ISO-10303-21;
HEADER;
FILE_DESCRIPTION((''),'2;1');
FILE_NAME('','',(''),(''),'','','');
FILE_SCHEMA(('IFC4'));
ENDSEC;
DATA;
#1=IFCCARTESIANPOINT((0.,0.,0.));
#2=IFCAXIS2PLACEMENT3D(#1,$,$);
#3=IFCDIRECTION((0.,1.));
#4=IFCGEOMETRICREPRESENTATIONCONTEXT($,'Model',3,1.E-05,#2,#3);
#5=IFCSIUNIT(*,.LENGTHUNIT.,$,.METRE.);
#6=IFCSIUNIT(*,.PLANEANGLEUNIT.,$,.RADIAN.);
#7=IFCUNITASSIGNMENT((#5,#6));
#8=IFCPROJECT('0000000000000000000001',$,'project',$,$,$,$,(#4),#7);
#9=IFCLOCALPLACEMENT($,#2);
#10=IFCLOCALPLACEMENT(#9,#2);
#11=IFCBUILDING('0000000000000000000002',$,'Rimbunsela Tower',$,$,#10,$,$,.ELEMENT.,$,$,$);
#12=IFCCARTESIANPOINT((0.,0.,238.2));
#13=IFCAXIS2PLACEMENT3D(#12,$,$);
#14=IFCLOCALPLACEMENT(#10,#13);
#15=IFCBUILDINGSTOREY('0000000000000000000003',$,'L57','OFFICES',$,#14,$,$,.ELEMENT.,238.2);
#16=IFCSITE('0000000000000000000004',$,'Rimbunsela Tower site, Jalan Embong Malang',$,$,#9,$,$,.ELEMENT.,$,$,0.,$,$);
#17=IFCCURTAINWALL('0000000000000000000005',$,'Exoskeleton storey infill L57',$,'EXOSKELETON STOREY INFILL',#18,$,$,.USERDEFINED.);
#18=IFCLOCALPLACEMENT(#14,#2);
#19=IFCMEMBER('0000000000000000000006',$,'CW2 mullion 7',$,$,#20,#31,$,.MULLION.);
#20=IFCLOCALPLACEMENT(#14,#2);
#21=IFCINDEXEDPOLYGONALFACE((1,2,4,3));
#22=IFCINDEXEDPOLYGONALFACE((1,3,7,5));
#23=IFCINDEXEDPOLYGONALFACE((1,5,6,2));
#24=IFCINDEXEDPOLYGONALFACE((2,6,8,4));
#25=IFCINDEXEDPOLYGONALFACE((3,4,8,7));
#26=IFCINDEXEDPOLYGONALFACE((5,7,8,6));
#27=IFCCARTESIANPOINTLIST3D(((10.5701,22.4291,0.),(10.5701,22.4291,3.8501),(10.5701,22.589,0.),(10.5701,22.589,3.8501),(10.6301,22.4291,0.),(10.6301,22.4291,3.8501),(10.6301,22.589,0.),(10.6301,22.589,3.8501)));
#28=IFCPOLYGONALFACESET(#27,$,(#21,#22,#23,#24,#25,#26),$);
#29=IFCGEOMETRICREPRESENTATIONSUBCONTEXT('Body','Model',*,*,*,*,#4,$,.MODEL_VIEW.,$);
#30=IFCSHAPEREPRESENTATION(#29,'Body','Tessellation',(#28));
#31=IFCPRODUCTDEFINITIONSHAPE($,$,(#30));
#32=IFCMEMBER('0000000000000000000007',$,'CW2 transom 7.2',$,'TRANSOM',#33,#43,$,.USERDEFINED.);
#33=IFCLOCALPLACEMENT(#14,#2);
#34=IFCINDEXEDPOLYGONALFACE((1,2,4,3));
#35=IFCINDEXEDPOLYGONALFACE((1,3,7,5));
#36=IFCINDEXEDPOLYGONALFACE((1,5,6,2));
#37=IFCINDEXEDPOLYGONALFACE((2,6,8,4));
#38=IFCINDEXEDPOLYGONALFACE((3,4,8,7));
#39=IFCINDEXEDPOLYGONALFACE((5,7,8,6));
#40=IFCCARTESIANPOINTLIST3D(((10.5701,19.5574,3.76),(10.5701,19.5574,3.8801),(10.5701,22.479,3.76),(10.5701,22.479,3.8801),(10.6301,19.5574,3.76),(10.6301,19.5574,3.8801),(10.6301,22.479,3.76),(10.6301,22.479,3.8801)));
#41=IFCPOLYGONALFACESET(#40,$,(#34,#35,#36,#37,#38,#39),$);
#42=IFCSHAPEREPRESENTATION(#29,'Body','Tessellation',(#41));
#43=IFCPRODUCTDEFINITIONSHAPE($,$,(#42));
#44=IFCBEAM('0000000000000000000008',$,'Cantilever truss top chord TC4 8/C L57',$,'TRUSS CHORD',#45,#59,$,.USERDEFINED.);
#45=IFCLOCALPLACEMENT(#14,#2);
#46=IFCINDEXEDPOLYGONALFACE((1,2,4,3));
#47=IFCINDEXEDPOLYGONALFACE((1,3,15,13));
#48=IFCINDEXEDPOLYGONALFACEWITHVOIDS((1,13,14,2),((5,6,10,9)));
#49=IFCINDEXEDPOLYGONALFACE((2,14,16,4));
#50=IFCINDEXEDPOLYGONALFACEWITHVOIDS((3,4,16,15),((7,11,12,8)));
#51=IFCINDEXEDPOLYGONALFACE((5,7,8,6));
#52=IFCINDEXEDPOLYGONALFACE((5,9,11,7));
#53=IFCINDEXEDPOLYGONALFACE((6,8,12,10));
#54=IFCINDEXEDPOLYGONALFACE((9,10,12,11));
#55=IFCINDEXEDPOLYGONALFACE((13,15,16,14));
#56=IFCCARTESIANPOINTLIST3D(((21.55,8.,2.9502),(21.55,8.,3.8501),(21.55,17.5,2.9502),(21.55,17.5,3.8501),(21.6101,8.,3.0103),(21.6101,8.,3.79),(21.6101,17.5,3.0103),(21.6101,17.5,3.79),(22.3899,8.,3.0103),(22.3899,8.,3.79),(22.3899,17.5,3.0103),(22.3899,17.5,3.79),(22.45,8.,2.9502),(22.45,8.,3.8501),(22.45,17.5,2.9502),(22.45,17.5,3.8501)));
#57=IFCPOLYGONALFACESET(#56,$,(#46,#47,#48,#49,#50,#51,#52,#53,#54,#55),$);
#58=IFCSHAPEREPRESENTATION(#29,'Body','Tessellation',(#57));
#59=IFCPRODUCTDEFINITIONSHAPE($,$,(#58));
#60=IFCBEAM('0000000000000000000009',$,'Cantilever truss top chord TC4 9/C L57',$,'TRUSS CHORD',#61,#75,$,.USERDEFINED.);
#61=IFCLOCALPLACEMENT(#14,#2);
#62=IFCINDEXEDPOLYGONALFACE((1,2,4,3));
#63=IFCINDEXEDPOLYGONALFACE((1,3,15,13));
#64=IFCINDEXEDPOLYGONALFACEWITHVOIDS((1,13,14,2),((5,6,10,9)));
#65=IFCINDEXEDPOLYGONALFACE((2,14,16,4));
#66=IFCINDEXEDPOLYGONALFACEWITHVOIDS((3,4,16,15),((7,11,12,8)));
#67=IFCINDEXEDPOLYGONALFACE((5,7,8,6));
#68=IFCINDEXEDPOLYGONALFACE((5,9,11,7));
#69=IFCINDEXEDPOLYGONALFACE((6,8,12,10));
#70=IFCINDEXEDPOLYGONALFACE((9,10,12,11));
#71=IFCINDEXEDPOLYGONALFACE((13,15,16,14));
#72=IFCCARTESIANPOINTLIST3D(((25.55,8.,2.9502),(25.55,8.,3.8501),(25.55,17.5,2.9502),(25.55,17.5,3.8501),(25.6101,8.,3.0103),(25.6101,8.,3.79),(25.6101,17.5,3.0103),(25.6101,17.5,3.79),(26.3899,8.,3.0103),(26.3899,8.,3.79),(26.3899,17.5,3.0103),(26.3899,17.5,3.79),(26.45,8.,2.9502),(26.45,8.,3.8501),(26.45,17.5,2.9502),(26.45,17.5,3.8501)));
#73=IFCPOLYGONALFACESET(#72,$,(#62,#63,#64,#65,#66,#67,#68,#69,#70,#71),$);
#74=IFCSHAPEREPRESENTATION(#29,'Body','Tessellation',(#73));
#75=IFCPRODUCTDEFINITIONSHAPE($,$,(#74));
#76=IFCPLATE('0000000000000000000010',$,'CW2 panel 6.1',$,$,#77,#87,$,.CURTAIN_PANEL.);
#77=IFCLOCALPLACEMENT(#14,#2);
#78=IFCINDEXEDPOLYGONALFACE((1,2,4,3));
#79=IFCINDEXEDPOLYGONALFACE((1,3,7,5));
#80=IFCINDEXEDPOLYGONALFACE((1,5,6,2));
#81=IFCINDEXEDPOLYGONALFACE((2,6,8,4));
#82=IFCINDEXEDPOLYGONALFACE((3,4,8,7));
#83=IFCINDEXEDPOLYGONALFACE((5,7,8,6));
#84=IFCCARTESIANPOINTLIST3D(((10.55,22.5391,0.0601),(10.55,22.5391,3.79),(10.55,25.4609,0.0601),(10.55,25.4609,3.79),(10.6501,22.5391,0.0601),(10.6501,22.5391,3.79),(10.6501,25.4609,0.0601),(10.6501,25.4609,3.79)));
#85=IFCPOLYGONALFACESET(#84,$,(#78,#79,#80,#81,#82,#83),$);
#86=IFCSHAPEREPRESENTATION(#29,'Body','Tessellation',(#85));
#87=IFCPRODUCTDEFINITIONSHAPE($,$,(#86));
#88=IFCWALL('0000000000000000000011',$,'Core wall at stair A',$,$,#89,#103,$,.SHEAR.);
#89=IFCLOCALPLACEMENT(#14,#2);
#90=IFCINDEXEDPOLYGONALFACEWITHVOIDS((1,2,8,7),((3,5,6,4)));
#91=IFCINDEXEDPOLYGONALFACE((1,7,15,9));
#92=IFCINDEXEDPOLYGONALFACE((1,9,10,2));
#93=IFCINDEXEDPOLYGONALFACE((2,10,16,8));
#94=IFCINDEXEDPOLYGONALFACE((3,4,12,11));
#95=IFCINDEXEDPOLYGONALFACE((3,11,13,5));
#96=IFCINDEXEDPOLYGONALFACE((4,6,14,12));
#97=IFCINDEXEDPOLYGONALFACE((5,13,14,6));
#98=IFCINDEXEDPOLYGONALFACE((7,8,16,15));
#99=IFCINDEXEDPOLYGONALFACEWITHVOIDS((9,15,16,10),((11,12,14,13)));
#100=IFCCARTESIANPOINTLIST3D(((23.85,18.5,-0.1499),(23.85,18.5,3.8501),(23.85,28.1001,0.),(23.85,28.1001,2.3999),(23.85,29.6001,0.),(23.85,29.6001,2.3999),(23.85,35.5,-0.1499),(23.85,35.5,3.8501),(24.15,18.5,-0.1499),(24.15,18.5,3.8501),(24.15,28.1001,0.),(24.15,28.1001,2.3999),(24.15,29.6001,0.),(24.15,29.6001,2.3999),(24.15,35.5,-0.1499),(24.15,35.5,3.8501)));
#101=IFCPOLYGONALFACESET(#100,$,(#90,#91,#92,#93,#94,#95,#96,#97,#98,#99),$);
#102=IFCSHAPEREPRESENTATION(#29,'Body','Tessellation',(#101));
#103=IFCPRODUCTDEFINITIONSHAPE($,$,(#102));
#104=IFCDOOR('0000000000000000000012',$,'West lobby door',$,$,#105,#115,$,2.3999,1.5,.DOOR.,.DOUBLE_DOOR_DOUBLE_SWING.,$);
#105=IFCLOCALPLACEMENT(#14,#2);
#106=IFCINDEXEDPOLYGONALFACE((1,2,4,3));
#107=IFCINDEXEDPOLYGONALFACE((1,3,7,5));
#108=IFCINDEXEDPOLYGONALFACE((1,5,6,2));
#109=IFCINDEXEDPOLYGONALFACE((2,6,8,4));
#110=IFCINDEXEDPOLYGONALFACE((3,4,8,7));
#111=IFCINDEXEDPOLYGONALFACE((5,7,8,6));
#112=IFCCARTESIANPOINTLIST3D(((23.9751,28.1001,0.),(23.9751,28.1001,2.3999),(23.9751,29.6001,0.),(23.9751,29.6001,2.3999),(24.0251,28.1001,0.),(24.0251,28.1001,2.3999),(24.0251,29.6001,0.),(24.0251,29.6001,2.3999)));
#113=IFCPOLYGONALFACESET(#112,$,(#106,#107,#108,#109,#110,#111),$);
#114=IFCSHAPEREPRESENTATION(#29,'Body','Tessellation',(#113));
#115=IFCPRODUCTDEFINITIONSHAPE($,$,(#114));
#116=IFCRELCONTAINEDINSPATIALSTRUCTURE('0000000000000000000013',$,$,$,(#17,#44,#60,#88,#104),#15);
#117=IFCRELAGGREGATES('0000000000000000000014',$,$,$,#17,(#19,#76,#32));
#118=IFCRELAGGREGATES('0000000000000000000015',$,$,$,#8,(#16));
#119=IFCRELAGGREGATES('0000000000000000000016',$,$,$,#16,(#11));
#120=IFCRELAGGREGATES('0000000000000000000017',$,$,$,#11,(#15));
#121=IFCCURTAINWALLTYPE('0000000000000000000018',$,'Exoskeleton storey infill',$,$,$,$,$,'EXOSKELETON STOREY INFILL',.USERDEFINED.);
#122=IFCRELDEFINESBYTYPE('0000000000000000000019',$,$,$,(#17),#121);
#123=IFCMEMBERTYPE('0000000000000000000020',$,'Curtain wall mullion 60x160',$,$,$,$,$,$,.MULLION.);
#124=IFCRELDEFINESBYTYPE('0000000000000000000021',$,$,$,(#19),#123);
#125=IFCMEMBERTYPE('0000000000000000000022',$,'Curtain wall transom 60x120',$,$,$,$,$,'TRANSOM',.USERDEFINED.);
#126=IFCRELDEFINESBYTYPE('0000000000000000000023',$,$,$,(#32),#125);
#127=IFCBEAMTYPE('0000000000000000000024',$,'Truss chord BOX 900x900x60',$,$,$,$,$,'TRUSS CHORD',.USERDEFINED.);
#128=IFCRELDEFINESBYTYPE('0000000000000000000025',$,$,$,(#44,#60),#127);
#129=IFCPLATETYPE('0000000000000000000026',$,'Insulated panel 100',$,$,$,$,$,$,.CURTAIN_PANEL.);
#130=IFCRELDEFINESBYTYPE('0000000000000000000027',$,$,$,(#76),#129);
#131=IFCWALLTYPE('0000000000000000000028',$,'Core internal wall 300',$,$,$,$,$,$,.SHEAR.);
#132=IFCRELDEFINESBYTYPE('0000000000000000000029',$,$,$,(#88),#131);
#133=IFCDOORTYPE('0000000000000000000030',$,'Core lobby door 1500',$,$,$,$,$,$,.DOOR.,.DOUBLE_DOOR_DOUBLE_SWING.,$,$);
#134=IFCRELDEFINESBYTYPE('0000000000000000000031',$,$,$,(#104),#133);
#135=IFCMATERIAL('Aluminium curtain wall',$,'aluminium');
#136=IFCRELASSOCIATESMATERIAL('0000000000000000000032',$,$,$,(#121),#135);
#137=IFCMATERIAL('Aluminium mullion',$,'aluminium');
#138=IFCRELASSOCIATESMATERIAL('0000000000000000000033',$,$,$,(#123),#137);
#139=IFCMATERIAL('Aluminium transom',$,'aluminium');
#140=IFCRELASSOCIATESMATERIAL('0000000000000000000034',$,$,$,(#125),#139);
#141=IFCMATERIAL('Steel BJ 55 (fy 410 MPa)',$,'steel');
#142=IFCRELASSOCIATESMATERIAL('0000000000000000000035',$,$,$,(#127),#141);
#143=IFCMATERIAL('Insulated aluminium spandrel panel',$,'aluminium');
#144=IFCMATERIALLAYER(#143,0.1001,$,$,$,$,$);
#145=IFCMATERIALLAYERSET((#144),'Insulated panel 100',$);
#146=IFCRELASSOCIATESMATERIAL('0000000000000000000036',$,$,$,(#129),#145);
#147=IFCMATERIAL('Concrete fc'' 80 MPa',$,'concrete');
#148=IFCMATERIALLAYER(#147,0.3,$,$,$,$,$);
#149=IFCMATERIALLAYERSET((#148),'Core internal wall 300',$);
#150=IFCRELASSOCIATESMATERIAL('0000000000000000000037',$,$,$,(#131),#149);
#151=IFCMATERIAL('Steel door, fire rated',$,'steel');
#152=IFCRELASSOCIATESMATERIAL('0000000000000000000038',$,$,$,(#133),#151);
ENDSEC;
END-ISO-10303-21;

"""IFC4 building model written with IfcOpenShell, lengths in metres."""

from ifc_helpers import new_model, si_unit, direction, frame, frame_2d, origin, origin_2d, place, context, subcontext, project, spatial, rectangle, hollow_rectangle, extrude, material, layer, layer_set, material_profile, profile_set, type_object, element, fill, aggregate, save


model = new_model("IFC4")

# Units and contexts
model_context = context("Model", 3, precision=1e-05, world=origin(), true_north=direction((0.0, 1.0)))
body_context = subcontext(model_context, "Body", "Model", "MODEL_VIEW")
ifc_project = project(units=[si_unit("LENGTHUNIT", "METRE"), si_unit("PLANEANGLEUNIT", "RADIAN")], contexts=[model_context])

# Site, building, storey
site_placement = place(None, origin())
site = spatial("IfcSite", under=ifc_project, at=site_placement, Name="Rimbunsela Tower site, Jalan Embong Malang", CompositionType="ELEMENT", RefElevation=0.0)
building_placement = place(site_placement, origin())
building = spatial("IfcBuilding", under=site, at=building_placement, Name="Rimbunsela Tower", CompositionType="ELEMENT")
storey_placement = place(building_placement, frame((0.0, 0.0, 238.2)))
storey = spatial("IfcBuildingStorey", under=building, at=storey_placement, Name="L57", Description="OFFICES", CompositionType="ELEMENT", Elevation=238.2)

# Curtain wall, members
ifc_material_1 = material(Name="Aluminium curtain wall", Category="aluminium")
curtain_wall_type = type_object("IfcCurtainWallType", Name="Exoskeleton storey infill", ElementType="EXOSKELETON STOREY INFILL", PredefinedType="USERDEFINED", material=ifc_material_1)
curtain_wall_placement = place(storey_placement, origin())
curtain_wall = element("IfcCurtainWall", 1, at=curtain_wall_placement, inside=storey, type_object=curtain_wall_type, Name="Exoskeleton storey infill L57", ObjectType="EXOSKELETON STOREY INFILL", PredefinedType="USERDEFINED")
ifc_material_2 = material(Name="Aluminium mullion", Category="aluminium")
ifc_material_profile_1 = material_profile(ifc_material_2, rectangle(XDim=0.0601, YDim=0.1599, at=origin_2d()), Name="Mullion 60x160")
ifc_profile_set_1 = profile_set([ifc_material_profile_1], Name="Aluminium mullion")
member_type_1 = type_object("IfcMemberType", Name="Curtain wall mullion 60x160", PredefinedType="MULLION", material=ifc_profile_set_1)
member_1_placement = place(storey_placement, frame((10.6001, 22.509, 0.0), z_axis=(0.0, 0.0, 1.0), x_axis=(1.0, 0.0, 0.0)))
member_1 = element("IfcMember", 2, at=member_1_placement, type_object=member_type_1, Name="CW2 mullion 7", PredefinedType="MULLION", context=body_context, shape_type="SweptSolid", body=[
    extrude(rectangle(XDim=0.0601, YDim=0.1599, at=origin_2d()), origin(), (0.0, 0.0, 1.0), 3.8501),
])
ifc_material_3 = material(Name="Aluminium transom", Category="aluminium")
ifc_material_profile_2 = material_profile(ifc_material_3, rectangle(XDim=0.0601, YDim=0.1201, at=origin_2d()), Name="Transom 60x120")
ifc_profile_set_2 = profile_set([ifc_material_profile_2], Name="Aluminium transom")
member_type_2 = type_object("IfcMemberType", Name="Curtain wall transom 60x120", ElementType="TRANSOM", PredefinedType="USERDEFINED", material=ifc_profile_set_2)
member_2_placement = place(storey_placement, frame((10.6001, 22.479, 3.8201), z_axis=(0.0, -1.0, 0.0), x_axis=(1.0, 0.0, 0.0)))
member_2 = element("IfcMember", 3, at=member_2_placement, type_object=member_type_2, Name="CW2 transom 7.2", ObjectType="TRANSOM", PredefinedType="USERDEFINED", context=body_context, shape_type="SweptSolid", body=[
    extrude(rectangle(XDim=0.0601, YDim=0.1201, at=origin_2d()), origin(), (0.0, 0.0, 1.0), 2.9216),
])

# Beams
ifc_material_4 = material(Name="Steel BJ 55 (fy 410 MPa)", Category="steel")
ifc_material_profile_3 = material_profile(ifc_material_4, hollow_rectangle(XDim=0.8999, YDim=0.8999, WallThickness=0.0601, at=origin_2d()), Name="BOX 900x900x60")
ifc_profile_set_3 = profile_set([ifc_material_profile_3], Name="Steel BJ 55 (fy 410 MPa)")
beam_type = type_object("IfcBeamType", Name="Truss chord BOX 900x900x60", ElementType="TRUSS CHORD", PredefinedType="USERDEFINED", material=ifc_profile_set_3)
for number, where, z_axis, x_axis, name in (
    (4, (22.0, 17.5, 3.4001), (0.0, -1.0, 0.0), (1.0, 0.0, 0.0), "Cantilever truss top chord TC4 8/C L57"),
    (5, (26.0, 17.5, 3.4001), (0.0, -1.0, 0.0), (1.0, 0.0, 0.0), "Cantilever truss top chord TC4 9/C L57"),
):
    element("IfcBeam", number, at=place(storey_placement, frame(where, z_axis=z_axis, x_axis=x_axis)), inside=storey, type_object=beam_type, Name=name, ObjectType="TRUSS CHORD", PredefinedType="USERDEFINED", context=body_context, shape_type="SweptSolid", body=[
        extrude(hollow_rectangle(XDim=0.8999, YDim=0.8999, WallThickness=0.0601, at=origin_2d()), origin(), (0.0, 0.0, 1.0), 9.5),
    ])

# Plate
ifc_material_5 = material(Name="Insulated aluminium spandrel panel", Category="aluminium")
ifc_layer_1 = layer(ifc_material_5, 0.1001)
ifc_layer_set_1 = layer_set([ifc_layer_1], Name="Insulated panel 100")
plate_type = type_object("IfcPlateType", Name="Insulated panel 100", PredefinedType="CURTAIN_PANEL", material=ifc_layer_set_1)
plate_placement = place(storey_placement, frame((10.6001, 24.0, 0.0601), z_axis=(0.0, 0.0, 1.0), x_axis=(0.0, -1.0, 0.0)))
plate = element("IfcPlate", 6, at=plate_placement, type_object=plate_type, Name="CW2 panel 6.1", PredefinedType="CURTAIN_PANEL", context=body_context, shape_type="SweptSolid", body=[
    extrude(rectangle(XDim=2.9219, YDim=0.1001, at=origin_2d()), origin(), (0.0, 0.0, 1.0), 3.73),
])
aggregate(curtain_wall, [member_1, plate, member_2])

# Wall, opening, door
ifc_material_6 = material(Name="Concrete fc' 80 MPa", Category="concrete")
ifc_layer_2 = layer(ifc_material_6, 0.3)
ifc_layer_set_2 = layer_set([ifc_layer_2], Name="Core internal wall 300")
wall_type_1 = type_object("IfcWallType", Name="Core internal wall 300", PredefinedType="SHEAR", material=ifc_layer_set_2)
wall_1_placement = place(storey_placement, frame((24.0, 18.5, -0.1499), z_axis=(0.0, 0.0, 1.0), x_axis=(0.0, 1.0, 0.0)))
wall_1 = element("IfcWall", 7, at=wall_1_placement, inside=storey, type_object=wall_type_1, Name="Core wall at stair A", PredefinedType="SHEAR", context=body_context, shape_type="SweptSolid", body=[
    extrude(rectangle(XDim=17.0, YDim=0.3, at=frame_2d((8.5, 0.0))), origin(), (0.0, 0.0, 1.0), 4.0),
])
opening_1_placement = place(wall_1_placement, frame((9.6001, 0.0, 0.1499)))
opening_1 = element("IfcOpeningElement", 8, at=opening_1_placement, cuts=wall_1, PredefinedType="OPENING", context=body_context, shape_type="SweptSolid", body=[
    extrude(rectangle(XDim=1.5, YDim=2.3999, at=frame_2d((0.75, 1.2))), frame((0.0, 0.1599, 0.0), z_axis=(0.0, -1.0, 0.0), x_axis=(1.0, 0.0, 0.0)), (0.0, 0.0, 1.0), 0.3201),
])
ifc_material_7 = material(Name="Steel door, fire rated", Category="steel")
door_type_1 = type_object("IfcDoorType", Name="Core lobby door 1500", OperationType="DOUBLE_DOOR_DOUBLE_SWING", PredefinedType="DOOR", material=ifc_material_7)
door_1_placement = place(opening_1_placement, origin())
door_1 = element("IfcDoor", 9, at=door_1_placement, inside=storey, type_object=door_type_1, Name="West lobby door", OperationType="DOUBLE_DOOR_DOUBLE_SWING", OverallHeight=2.3999, OverallWidth=1.5, PredefinedType="DOOR", context=body_context, shape_type="SweptSolid", body=[
    extrude(rectangle(XDim=1.5, YDim=2.3999, at=frame_2d((0.75, 1.2))), frame((0.0, 0.0249, 0.0), z_axis=(0.0, -1.0, 0.0), x_axis=(1.0, 0.0, 0.0)), (0.0, 0.0, 1.0), 0.05),
])
fill(opening_1, door_1)

save(model, "model.ifc")
